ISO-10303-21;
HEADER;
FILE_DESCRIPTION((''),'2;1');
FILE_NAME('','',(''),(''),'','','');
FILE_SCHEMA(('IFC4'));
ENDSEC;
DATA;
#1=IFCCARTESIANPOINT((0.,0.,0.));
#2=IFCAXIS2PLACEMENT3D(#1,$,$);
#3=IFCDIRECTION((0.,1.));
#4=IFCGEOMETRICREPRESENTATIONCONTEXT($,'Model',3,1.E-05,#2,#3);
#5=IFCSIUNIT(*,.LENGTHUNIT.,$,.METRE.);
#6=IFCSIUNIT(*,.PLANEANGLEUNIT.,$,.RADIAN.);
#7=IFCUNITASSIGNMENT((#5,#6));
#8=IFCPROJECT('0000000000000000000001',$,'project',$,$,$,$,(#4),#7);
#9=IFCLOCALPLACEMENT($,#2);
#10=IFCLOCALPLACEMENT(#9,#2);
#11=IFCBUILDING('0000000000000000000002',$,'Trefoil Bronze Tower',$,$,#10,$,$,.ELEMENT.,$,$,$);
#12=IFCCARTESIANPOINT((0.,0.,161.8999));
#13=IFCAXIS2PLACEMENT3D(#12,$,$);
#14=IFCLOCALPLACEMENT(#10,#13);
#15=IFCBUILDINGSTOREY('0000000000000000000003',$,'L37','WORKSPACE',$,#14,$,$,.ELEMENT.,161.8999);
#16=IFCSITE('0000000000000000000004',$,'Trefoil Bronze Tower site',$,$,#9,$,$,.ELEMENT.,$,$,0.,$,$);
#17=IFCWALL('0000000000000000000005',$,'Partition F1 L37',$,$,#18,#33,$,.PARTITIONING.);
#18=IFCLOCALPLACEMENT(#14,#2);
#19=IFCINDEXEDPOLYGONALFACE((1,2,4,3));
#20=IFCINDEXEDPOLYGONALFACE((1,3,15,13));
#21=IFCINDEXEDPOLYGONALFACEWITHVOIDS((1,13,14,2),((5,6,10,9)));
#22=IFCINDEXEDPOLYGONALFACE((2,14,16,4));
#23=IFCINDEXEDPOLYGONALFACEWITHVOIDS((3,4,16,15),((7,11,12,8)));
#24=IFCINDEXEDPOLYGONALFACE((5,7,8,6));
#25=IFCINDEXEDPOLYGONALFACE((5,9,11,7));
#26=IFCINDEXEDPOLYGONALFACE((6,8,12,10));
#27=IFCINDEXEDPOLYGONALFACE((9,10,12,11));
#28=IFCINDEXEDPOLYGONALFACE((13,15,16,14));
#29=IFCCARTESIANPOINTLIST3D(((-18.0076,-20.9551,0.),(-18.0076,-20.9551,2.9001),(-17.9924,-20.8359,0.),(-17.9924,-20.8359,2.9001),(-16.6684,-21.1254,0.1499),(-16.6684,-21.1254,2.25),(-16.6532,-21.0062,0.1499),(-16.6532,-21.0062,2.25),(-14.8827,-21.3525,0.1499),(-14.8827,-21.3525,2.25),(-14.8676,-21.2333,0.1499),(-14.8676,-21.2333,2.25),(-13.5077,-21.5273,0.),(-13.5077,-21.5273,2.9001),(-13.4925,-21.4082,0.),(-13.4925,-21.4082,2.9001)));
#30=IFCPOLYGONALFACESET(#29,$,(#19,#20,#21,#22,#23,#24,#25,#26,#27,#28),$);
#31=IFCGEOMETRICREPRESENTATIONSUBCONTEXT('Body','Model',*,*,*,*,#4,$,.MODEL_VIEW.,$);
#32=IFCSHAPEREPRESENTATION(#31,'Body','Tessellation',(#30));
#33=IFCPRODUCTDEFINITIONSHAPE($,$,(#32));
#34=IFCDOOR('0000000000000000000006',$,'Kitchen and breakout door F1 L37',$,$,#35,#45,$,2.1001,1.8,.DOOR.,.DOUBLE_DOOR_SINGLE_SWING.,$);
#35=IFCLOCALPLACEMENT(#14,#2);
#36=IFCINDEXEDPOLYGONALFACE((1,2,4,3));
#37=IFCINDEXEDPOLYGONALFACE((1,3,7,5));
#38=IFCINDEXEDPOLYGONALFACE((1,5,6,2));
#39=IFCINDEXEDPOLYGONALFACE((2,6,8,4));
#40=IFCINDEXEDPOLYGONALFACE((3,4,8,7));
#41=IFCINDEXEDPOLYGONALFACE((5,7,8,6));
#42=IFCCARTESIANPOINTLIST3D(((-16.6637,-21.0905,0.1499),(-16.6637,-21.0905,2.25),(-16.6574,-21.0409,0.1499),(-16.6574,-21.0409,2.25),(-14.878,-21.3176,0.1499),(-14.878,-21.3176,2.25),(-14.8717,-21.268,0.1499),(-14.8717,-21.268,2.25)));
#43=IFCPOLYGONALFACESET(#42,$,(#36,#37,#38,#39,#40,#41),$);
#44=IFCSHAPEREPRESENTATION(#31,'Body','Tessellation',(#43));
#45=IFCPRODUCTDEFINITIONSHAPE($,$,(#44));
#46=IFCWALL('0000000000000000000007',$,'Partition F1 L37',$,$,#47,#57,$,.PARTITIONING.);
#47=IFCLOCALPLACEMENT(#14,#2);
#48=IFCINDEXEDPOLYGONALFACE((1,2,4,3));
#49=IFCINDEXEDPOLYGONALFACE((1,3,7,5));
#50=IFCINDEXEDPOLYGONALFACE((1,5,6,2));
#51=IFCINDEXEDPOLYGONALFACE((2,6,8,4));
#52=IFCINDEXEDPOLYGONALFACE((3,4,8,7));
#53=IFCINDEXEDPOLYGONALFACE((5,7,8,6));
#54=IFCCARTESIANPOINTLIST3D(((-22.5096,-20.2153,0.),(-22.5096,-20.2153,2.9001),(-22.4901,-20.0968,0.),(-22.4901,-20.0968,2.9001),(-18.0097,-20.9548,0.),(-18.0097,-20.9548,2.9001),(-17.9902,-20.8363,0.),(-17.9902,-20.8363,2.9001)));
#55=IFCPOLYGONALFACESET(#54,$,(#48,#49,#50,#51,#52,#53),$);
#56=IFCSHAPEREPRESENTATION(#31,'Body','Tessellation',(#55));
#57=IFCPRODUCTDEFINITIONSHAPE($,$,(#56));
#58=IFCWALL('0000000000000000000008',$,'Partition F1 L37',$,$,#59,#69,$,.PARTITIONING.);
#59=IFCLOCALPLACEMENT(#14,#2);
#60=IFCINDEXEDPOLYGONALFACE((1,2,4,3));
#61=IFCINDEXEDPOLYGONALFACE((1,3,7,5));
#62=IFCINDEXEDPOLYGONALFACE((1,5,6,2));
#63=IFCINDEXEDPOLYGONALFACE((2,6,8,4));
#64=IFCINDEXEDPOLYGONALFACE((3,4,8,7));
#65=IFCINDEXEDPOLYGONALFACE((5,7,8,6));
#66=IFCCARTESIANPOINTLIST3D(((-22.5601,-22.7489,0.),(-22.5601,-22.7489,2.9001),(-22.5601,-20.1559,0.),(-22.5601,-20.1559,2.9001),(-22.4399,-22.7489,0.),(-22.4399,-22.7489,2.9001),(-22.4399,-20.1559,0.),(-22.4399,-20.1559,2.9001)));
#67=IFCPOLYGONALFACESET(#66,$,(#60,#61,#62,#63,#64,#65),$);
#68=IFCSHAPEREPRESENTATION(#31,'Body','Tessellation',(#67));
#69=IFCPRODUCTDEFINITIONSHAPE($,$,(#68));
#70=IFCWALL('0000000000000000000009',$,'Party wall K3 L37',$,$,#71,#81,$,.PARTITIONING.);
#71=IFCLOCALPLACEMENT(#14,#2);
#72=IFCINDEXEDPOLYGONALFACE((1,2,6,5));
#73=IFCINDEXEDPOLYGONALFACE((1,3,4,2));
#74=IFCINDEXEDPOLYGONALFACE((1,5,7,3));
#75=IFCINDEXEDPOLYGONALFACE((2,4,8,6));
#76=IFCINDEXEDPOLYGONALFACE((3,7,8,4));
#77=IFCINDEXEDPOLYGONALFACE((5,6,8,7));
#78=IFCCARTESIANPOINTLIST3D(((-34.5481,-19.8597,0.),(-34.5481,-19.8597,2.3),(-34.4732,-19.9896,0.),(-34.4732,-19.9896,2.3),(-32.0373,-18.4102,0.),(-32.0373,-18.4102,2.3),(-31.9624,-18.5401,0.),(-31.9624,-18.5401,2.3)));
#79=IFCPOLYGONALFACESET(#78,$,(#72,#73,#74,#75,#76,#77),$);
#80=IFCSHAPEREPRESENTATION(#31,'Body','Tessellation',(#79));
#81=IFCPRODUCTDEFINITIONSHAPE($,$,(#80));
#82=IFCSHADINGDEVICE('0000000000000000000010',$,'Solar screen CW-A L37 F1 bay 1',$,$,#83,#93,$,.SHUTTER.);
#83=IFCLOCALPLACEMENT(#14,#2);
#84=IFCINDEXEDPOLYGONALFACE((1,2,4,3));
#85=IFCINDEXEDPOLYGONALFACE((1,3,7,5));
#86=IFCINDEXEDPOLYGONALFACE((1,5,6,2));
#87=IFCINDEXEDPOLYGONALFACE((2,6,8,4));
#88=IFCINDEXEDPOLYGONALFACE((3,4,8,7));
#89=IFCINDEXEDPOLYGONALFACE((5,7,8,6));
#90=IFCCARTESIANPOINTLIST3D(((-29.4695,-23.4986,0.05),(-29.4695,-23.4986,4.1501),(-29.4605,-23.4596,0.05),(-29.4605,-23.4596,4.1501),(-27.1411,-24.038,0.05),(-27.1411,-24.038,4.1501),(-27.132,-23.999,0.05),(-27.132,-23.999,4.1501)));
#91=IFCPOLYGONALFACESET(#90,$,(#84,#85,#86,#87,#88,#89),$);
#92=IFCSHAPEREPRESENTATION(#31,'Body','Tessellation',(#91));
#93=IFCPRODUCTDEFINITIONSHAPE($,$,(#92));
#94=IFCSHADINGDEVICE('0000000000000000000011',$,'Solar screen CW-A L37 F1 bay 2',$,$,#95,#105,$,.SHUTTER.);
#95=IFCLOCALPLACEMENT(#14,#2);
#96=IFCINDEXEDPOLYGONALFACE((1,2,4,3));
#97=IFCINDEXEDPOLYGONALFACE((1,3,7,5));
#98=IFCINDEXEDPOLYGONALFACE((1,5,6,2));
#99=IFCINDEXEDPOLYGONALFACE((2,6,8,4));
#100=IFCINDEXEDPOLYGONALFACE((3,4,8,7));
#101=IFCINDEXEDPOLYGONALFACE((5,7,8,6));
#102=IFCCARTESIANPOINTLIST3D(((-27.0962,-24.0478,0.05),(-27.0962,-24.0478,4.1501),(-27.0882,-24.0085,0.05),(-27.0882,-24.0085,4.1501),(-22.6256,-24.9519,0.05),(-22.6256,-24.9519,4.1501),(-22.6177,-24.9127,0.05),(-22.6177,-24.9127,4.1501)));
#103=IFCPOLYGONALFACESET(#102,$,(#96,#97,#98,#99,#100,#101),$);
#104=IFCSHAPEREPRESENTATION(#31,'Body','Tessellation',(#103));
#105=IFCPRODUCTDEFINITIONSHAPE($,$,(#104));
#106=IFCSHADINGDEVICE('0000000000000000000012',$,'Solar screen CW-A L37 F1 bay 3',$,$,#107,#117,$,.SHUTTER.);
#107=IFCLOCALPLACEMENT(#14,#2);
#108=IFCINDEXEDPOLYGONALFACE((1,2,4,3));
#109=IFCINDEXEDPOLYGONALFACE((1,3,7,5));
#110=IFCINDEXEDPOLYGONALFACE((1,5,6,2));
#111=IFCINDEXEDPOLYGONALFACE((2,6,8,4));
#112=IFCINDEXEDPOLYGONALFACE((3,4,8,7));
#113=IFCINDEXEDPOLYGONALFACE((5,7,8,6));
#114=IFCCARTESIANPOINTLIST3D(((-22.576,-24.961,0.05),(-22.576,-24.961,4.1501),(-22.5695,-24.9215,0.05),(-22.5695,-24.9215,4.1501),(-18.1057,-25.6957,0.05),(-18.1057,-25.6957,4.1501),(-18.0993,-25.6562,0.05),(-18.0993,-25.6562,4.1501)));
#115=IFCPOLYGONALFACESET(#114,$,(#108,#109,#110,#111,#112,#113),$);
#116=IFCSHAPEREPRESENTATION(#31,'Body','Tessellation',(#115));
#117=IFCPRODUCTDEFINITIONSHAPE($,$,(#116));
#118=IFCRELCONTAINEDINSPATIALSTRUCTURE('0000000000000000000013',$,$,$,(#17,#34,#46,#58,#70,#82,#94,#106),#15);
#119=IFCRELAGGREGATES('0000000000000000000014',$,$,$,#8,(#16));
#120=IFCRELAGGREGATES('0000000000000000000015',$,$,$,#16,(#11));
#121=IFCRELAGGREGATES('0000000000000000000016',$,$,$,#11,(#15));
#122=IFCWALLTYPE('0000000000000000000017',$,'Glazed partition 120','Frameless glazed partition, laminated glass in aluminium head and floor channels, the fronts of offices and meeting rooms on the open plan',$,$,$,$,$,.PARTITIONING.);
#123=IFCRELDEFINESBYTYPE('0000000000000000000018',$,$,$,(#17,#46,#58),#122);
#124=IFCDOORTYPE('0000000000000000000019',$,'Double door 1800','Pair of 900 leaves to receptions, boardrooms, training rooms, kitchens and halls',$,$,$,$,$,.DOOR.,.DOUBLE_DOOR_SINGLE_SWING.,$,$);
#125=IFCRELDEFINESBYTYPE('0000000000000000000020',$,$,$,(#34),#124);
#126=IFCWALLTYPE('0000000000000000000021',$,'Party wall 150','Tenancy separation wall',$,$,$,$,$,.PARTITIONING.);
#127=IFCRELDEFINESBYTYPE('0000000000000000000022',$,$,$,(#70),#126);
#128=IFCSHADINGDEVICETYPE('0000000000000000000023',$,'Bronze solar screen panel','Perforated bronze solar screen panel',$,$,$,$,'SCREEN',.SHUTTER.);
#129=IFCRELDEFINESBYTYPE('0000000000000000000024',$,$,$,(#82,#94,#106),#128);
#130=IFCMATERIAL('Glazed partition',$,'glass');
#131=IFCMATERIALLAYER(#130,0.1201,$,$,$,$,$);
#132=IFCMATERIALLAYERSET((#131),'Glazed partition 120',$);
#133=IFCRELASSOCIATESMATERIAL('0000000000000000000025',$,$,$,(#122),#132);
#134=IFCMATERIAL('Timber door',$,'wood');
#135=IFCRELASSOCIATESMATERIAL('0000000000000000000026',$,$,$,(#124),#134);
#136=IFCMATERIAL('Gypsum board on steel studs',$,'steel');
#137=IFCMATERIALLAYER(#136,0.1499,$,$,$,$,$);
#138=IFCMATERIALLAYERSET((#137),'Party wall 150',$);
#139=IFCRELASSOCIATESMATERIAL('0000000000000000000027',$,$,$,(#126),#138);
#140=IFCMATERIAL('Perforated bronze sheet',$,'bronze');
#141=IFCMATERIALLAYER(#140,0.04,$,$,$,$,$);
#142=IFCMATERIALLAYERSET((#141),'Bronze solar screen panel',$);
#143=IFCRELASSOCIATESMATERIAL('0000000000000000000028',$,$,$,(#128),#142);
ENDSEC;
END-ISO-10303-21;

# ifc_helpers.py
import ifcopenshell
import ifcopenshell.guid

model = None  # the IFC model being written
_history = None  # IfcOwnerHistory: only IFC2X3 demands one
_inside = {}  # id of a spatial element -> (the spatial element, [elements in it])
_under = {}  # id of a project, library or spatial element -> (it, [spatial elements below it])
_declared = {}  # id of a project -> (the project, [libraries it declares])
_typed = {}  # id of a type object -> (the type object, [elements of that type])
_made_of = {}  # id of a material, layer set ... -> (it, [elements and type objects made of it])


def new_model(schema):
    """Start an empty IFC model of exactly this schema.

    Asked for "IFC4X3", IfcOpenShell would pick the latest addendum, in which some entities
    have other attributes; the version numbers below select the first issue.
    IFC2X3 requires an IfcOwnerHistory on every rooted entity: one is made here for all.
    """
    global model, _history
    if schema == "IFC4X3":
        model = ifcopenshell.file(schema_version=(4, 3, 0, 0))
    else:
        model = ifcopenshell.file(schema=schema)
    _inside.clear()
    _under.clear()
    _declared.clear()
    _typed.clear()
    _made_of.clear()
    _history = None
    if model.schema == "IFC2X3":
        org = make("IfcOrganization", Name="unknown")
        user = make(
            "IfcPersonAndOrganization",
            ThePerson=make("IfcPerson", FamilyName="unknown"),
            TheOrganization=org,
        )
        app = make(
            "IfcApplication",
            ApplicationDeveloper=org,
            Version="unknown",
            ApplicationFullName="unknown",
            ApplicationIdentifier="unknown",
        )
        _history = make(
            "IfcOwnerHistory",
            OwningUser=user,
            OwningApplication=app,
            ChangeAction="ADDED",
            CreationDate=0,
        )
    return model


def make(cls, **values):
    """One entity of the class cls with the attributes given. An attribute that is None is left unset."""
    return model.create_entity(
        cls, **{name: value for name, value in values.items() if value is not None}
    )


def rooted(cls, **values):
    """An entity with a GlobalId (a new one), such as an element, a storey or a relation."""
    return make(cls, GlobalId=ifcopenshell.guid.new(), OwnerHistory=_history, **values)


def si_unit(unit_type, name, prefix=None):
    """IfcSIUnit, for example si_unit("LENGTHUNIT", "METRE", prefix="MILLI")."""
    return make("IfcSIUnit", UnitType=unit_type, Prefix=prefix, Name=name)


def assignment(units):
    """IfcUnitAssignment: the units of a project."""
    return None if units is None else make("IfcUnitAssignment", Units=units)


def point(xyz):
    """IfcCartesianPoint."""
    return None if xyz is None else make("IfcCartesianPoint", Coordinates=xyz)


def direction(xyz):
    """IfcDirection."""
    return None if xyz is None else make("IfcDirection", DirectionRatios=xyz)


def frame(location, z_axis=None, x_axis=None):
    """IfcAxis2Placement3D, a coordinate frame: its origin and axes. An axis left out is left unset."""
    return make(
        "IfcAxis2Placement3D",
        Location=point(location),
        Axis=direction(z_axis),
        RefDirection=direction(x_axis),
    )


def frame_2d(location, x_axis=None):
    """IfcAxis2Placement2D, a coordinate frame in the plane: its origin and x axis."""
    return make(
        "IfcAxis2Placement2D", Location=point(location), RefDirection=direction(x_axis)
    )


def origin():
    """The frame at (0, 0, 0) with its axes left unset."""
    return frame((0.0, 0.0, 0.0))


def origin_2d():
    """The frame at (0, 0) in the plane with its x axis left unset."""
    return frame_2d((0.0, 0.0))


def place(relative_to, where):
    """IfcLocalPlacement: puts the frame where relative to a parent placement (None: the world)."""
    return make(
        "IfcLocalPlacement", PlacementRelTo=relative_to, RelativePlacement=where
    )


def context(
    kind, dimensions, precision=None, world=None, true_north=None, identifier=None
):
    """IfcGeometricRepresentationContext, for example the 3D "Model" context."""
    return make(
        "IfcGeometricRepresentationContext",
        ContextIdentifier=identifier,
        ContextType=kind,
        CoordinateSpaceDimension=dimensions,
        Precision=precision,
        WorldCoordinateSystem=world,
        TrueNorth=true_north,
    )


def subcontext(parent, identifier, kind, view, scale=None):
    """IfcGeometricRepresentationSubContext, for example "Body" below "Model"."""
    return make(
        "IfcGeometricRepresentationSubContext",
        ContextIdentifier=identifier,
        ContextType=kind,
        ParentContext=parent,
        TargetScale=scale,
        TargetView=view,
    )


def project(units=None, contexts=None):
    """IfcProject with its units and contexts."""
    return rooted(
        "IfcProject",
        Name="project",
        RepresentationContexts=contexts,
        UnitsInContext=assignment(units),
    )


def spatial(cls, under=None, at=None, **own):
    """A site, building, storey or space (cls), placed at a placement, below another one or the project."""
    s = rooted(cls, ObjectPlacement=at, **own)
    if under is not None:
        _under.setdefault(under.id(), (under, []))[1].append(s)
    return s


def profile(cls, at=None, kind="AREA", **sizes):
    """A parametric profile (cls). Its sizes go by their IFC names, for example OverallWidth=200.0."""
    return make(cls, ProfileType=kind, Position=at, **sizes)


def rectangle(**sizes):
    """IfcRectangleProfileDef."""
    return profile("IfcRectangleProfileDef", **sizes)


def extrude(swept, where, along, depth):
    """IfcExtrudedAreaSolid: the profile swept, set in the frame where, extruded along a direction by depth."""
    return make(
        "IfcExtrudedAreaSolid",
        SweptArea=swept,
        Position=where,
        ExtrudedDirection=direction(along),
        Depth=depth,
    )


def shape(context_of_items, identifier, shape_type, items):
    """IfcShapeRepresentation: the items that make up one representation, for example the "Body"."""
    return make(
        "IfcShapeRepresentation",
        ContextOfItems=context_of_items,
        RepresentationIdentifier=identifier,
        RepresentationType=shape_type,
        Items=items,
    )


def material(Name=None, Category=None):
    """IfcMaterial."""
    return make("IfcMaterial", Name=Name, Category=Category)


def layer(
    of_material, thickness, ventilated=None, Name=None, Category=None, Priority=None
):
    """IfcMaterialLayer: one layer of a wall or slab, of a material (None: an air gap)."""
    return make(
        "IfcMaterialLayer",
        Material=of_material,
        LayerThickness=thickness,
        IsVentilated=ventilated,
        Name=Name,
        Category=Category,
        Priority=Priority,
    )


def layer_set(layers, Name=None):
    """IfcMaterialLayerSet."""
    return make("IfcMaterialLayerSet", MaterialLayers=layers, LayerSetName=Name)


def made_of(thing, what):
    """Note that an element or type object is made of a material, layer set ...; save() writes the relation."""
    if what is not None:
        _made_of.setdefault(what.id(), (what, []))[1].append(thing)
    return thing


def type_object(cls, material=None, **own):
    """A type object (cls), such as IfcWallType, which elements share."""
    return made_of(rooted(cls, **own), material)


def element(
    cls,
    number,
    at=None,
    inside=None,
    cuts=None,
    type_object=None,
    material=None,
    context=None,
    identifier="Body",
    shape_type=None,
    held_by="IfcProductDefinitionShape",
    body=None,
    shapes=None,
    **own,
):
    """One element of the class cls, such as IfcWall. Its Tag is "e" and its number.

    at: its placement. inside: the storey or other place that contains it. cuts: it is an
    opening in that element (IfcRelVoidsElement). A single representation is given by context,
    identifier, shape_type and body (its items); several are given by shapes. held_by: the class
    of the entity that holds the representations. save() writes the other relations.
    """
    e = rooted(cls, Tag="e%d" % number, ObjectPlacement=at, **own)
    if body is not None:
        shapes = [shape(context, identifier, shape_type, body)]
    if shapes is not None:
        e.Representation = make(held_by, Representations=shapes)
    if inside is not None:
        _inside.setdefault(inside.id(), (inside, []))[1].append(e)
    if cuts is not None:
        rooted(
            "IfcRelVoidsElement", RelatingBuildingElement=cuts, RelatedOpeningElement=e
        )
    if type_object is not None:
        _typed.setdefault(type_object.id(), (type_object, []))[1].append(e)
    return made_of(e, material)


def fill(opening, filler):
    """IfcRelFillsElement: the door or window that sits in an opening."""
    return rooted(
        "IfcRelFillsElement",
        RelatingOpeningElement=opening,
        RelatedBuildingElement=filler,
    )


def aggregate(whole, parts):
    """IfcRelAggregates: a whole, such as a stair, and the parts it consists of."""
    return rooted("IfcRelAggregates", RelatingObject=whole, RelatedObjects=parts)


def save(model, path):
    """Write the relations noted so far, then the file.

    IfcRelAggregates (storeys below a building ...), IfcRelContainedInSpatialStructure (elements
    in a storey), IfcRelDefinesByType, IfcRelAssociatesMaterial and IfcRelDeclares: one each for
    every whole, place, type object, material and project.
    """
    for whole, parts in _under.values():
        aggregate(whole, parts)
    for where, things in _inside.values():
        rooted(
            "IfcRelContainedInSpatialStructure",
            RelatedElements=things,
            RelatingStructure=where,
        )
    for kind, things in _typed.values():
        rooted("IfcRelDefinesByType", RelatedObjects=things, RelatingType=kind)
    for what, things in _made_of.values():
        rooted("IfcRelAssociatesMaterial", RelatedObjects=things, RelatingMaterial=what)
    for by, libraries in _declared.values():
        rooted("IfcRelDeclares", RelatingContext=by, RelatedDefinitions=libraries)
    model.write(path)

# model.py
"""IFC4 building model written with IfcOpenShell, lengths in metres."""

from ifc_helpers import new_model, si_unit, direction, frame, frame_2d, origin, origin_2d, place, context, subcontext, project, spatial, rectangle, extrude, material, layer, layer_set, type_object, element, fill, save


model = new_model("IFC4")

# Units and contexts
model_context = context("Model", 3, precision=1e-05, world=origin(), true_north=direction((0.0, 1.0)))
body_context = subcontext(model_context, "Body", "Model", "MODEL_VIEW")
ifc_project = project(units=[si_unit("LENGTHUNIT", "METRE"), si_unit("PLANEANGLEUNIT", "RADIAN")], contexts=[model_context])

# Site, building, storey
site_placement = place(None, origin())
site = spatial("IfcSite", under=ifc_project, at=site_placement, Name="Trefoil Bronze Tower site", CompositionType="ELEMENT", RefElevation=0.0)
building_placement = place(site_placement, origin())
building = spatial("IfcBuilding", under=site, at=building_placement, Name="Trefoil Bronze Tower", CompositionType="ELEMENT")
storey_placement = place(building_placement, frame((0.0, 0.0, 161.8999)))
storey = spatial("IfcBuildingStorey", under=building, at=storey_placement, Name="L37", Description="WORKSPACE", CompositionType="ELEMENT", Elevation=161.8999)

# Wall, opening, door
ifc_material_1 = material(Name="Glazed partition", Category="glass")
ifc_layer_1 = layer(ifc_material_1, 0.1201)
ifc_layer_set_1 = layer_set([ifc_layer_1], Name="Glazed partition 120")
wall_type_1 = type_object("IfcWallType", Name="Glazed partition 120", Description="Frameless glazed partition, laminated glass in aluminium head and floor channels, the fronts of offices and meeting rooms on the open plan", PredefinedType="PARTITIONING", material=ifc_layer_set_1)
wall_1_placement = place(storey_placement, frame((-18.0, -20.8955, 0.0), z_axis=(0.0, 0.0, 1.0), x_axis=(0.992011, -0.126154, 0.0)))
wall_1 = element("IfcWall", 1, at=wall_1_placement, inside=storey, type_object=wall_type_1, Name="Partition F1 L37", PredefinedType="PARTITIONING", context=body_context, shape_type="SweptSolid", body=[
    extrude(rectangle(XDim=4.5361, YDim=0.1201, at=frame_2d((2.2681, 0.0))), origin(), (0.0, 0.0, 1.0), 2.9001),
])
opening_placement = place(wall_1_placement, frame((1.3501, 0.0, 0.1499)))
opening = element("IfcOpeningElement", 2, at=opening_placement, cuts=wall_1, PredefinedType="OPENING", context=body_context, shape_type="SweptSolid", body=[
    extrude(rectangle(XDim=1.8, YDim=2.1001, at=frame_2d((0.8999, 1.05))), frame((0.0, 0.0701, 0.0), z_axis=(0.0, -1.0, 0.0), x_axis=(1.0, 0.0, 0.0)), (0.0, 0.0, 1.0), 0.1401),
])
ifc_material_2 = material(Name="Timber door", Category="wood")
door_type = type_object("IfcDoorType", Name="Double door 1800", Description="Pair of 900 leaves to receptions, boardrooms, training rooms, kitchens and halls", OperationType="DOUBLE_DOOR_SINGLE_SWING", PredefinedType="DOOR", material=ifc_material_2)
door_placement = place(opening_placement, frame((1.8, 0.0, 0.0), z_axis=(0.0, 0.0, 1.0), x_axis=(-1.0, 0.0, 0.0)))
door = element("IfcDoor", 3, at=door_placement, inside=storey, type_object=door_type, Name="Kitchen and breakout door F1 L37", OperationType="DOUBLE_DOOR_SINGLE_SWING", OverallHeight=2.1001, OverallWidth=1.8, PredefinedType="DOOR", context=body_context, shape_type="SweptSolid", body=[
    extrude(rectangle(XDim=1.8, YDim=2.1001, at=frame_2d((0.8999, 1.05))), frame((0.0, 0.0249, 0.0), z_axis=(0.0, -1.0, 0.0), x_axis=(1.0, 0.0, 0.0)), (0.0, 0.0, 1.0), 0.05),
])
fill(opening, door)

# Walls
wall_2_placement = place(storey_placement, frame((-22.5, -20.156, 0.0), z_axis=(0.0, 0.0, 1.0), x_axis=(0.986765, -0.162159, 0.0)))
element("IfcWall", 4, at=wall_2_placement, inside=storey, type_object=wall_type_1, Name="Partition F1 L37", PredefinedType="PARTITIONING", context=body_context, shape_type="SweptSolid", body=[
    extrude(rectangle(XDim=4.5603, YDim=0.1201, at=frame_2d((2.2803, 0.0))), origin(), (0.0, 0.0, 1.0), 2.9001),
])
wall_3_placement = place(storey_placement, frame((-22.5, -20.156, 0.0), z_axis=(0.0, 0.0, 1.0), x_axis=(0.0, -1.0, 0.0)))
element("IfcWall", 5, at=wall_3_placement, inside=storey, type_object=wall_type_1, Name="Partition F1 L37", PredefinedType="PARTITIONING", context=body_context, shape_type="SweptSolid", body=[
    extrude(rectangle(XDim=2.593, YDim=0.1201, at=frame_2d((1.2964, 0.0))), origin(), (0.0, 0.0, 1.0), 2.9001),
])
ifc_material_3 = material(Name="Gypsum board on steel studs", Category="steel")
ifc_layer_2 = layer(ifc_material_3, 0.1499)
ifc_layer_set_2 = layer_set([ifc_layer_2], Name="Party wall 150")
wall_type_2 = type_object("IfcWallType", Name="Party wall 150", Description="Tenancy separation wall", PredefinedType="PARTITIONING", material=ifc_layer_set_2)
wall_4_placement = place(storey_placement, frame((-31.9998, -18.4751, 0.0), z_axis=(0.0, 0.0, 1.0), x_axis=(-0.866043, -0.49997, 0.0)))
element("IfcWall", 6, at=wall_4_placement, inside=storey, type_object=wall_type_2, Name="Party wall K3 L37", PredefinedType="PARTITIONING", context=body_context, shape_type="SweptSolid", body=[
    extrude(rectangle(XDim=2.8992, YDim=0.1499, at=frame_2d((1.4497, 0.0))), origin(), (0.0, 0.0, 1.0), 2.3),
])

# Shading devices
ifc_material_4 = material(Name="Perforated bronze sheet", Category="bronze")
ifc_layer_3 = layer(ifc_material_4, 0.04)
ifc_layer_set_3 = layer_set([ifc_layer_3], Name="Bronze solar screen panel")
shading_device_type = type_object("IfcShadingDeviceType", Name="Bronze solar screen panel", Description="Perforated bronze solar screen panel", ElementType="SCREEN", PredefinedType="SHUTTER", material=ifc_layer_set_3)
shading_device_1_placement = place(storey_placement, frame((-28.3008, -23.7488, 0.05), z_axis=(0.0, 0.0, 1.0), x_axis=(0.974204, -0.225667, 0.0)))
element("IfcShadingDevice", 7, at=shading_device_1_placement, inside=storey, type_object=shading_device_type, Name="Solar screen CW-A L37 F1 bay 1", PredefinedType="SHUTTER", context=body_context, shape_type="SweptSolid", body=[
    extrude(rectangle(XDim=2.3901, YDim=0.04, at=origin_2d()), origin(), (0.0, 0.0, 1.0), 4.1001),
])
shading_device_2_placement = place(storey_placement, frame((-24.8569, -24.4802, 0.05), z_axis=(0.0, 0.0, 1.0), x_axis=(0.980155, -0.198232, 0.0)))
element("IfcShadingDevice", 8, at=shading_device_2_placement, inside=storey, type_object=shading_device_type, Name="Solar screen CW-A L37 F1 bay 2", PredefinedType="SHUTTER", context=body_context, shape_type="SweptSolid", body=[
    extrude(rectangle(XDim=4.561, YDim=0.04, at=origin_2d()), origin(), (0.0, 0.0, 1.0), 4.1001),
])
shading_device_3_placement = place(storey_placement, frame((-20.3376, -25.3086, 0.05), z_axis=(0.0, 0.0, 1.0), x_axis=(0.98676, -0.162189, 0.0)))
element("IfcShadingDevice", 9, at=shading_device_3_placement, inside=storey, type_object=shading_device_type, Name="Solar screen CW-A L37 F1 bay 3", PredefinedType="SHUTTER", context=body_context, shape_type="SweptSolid", body=[
    extrude(rectangle(XDim=4.5303, YDim=0.04, at=origin_2d()), origin(), (0.0, 0.0, 1.0), 4.1001),
])

save(model, "model.ifc")
